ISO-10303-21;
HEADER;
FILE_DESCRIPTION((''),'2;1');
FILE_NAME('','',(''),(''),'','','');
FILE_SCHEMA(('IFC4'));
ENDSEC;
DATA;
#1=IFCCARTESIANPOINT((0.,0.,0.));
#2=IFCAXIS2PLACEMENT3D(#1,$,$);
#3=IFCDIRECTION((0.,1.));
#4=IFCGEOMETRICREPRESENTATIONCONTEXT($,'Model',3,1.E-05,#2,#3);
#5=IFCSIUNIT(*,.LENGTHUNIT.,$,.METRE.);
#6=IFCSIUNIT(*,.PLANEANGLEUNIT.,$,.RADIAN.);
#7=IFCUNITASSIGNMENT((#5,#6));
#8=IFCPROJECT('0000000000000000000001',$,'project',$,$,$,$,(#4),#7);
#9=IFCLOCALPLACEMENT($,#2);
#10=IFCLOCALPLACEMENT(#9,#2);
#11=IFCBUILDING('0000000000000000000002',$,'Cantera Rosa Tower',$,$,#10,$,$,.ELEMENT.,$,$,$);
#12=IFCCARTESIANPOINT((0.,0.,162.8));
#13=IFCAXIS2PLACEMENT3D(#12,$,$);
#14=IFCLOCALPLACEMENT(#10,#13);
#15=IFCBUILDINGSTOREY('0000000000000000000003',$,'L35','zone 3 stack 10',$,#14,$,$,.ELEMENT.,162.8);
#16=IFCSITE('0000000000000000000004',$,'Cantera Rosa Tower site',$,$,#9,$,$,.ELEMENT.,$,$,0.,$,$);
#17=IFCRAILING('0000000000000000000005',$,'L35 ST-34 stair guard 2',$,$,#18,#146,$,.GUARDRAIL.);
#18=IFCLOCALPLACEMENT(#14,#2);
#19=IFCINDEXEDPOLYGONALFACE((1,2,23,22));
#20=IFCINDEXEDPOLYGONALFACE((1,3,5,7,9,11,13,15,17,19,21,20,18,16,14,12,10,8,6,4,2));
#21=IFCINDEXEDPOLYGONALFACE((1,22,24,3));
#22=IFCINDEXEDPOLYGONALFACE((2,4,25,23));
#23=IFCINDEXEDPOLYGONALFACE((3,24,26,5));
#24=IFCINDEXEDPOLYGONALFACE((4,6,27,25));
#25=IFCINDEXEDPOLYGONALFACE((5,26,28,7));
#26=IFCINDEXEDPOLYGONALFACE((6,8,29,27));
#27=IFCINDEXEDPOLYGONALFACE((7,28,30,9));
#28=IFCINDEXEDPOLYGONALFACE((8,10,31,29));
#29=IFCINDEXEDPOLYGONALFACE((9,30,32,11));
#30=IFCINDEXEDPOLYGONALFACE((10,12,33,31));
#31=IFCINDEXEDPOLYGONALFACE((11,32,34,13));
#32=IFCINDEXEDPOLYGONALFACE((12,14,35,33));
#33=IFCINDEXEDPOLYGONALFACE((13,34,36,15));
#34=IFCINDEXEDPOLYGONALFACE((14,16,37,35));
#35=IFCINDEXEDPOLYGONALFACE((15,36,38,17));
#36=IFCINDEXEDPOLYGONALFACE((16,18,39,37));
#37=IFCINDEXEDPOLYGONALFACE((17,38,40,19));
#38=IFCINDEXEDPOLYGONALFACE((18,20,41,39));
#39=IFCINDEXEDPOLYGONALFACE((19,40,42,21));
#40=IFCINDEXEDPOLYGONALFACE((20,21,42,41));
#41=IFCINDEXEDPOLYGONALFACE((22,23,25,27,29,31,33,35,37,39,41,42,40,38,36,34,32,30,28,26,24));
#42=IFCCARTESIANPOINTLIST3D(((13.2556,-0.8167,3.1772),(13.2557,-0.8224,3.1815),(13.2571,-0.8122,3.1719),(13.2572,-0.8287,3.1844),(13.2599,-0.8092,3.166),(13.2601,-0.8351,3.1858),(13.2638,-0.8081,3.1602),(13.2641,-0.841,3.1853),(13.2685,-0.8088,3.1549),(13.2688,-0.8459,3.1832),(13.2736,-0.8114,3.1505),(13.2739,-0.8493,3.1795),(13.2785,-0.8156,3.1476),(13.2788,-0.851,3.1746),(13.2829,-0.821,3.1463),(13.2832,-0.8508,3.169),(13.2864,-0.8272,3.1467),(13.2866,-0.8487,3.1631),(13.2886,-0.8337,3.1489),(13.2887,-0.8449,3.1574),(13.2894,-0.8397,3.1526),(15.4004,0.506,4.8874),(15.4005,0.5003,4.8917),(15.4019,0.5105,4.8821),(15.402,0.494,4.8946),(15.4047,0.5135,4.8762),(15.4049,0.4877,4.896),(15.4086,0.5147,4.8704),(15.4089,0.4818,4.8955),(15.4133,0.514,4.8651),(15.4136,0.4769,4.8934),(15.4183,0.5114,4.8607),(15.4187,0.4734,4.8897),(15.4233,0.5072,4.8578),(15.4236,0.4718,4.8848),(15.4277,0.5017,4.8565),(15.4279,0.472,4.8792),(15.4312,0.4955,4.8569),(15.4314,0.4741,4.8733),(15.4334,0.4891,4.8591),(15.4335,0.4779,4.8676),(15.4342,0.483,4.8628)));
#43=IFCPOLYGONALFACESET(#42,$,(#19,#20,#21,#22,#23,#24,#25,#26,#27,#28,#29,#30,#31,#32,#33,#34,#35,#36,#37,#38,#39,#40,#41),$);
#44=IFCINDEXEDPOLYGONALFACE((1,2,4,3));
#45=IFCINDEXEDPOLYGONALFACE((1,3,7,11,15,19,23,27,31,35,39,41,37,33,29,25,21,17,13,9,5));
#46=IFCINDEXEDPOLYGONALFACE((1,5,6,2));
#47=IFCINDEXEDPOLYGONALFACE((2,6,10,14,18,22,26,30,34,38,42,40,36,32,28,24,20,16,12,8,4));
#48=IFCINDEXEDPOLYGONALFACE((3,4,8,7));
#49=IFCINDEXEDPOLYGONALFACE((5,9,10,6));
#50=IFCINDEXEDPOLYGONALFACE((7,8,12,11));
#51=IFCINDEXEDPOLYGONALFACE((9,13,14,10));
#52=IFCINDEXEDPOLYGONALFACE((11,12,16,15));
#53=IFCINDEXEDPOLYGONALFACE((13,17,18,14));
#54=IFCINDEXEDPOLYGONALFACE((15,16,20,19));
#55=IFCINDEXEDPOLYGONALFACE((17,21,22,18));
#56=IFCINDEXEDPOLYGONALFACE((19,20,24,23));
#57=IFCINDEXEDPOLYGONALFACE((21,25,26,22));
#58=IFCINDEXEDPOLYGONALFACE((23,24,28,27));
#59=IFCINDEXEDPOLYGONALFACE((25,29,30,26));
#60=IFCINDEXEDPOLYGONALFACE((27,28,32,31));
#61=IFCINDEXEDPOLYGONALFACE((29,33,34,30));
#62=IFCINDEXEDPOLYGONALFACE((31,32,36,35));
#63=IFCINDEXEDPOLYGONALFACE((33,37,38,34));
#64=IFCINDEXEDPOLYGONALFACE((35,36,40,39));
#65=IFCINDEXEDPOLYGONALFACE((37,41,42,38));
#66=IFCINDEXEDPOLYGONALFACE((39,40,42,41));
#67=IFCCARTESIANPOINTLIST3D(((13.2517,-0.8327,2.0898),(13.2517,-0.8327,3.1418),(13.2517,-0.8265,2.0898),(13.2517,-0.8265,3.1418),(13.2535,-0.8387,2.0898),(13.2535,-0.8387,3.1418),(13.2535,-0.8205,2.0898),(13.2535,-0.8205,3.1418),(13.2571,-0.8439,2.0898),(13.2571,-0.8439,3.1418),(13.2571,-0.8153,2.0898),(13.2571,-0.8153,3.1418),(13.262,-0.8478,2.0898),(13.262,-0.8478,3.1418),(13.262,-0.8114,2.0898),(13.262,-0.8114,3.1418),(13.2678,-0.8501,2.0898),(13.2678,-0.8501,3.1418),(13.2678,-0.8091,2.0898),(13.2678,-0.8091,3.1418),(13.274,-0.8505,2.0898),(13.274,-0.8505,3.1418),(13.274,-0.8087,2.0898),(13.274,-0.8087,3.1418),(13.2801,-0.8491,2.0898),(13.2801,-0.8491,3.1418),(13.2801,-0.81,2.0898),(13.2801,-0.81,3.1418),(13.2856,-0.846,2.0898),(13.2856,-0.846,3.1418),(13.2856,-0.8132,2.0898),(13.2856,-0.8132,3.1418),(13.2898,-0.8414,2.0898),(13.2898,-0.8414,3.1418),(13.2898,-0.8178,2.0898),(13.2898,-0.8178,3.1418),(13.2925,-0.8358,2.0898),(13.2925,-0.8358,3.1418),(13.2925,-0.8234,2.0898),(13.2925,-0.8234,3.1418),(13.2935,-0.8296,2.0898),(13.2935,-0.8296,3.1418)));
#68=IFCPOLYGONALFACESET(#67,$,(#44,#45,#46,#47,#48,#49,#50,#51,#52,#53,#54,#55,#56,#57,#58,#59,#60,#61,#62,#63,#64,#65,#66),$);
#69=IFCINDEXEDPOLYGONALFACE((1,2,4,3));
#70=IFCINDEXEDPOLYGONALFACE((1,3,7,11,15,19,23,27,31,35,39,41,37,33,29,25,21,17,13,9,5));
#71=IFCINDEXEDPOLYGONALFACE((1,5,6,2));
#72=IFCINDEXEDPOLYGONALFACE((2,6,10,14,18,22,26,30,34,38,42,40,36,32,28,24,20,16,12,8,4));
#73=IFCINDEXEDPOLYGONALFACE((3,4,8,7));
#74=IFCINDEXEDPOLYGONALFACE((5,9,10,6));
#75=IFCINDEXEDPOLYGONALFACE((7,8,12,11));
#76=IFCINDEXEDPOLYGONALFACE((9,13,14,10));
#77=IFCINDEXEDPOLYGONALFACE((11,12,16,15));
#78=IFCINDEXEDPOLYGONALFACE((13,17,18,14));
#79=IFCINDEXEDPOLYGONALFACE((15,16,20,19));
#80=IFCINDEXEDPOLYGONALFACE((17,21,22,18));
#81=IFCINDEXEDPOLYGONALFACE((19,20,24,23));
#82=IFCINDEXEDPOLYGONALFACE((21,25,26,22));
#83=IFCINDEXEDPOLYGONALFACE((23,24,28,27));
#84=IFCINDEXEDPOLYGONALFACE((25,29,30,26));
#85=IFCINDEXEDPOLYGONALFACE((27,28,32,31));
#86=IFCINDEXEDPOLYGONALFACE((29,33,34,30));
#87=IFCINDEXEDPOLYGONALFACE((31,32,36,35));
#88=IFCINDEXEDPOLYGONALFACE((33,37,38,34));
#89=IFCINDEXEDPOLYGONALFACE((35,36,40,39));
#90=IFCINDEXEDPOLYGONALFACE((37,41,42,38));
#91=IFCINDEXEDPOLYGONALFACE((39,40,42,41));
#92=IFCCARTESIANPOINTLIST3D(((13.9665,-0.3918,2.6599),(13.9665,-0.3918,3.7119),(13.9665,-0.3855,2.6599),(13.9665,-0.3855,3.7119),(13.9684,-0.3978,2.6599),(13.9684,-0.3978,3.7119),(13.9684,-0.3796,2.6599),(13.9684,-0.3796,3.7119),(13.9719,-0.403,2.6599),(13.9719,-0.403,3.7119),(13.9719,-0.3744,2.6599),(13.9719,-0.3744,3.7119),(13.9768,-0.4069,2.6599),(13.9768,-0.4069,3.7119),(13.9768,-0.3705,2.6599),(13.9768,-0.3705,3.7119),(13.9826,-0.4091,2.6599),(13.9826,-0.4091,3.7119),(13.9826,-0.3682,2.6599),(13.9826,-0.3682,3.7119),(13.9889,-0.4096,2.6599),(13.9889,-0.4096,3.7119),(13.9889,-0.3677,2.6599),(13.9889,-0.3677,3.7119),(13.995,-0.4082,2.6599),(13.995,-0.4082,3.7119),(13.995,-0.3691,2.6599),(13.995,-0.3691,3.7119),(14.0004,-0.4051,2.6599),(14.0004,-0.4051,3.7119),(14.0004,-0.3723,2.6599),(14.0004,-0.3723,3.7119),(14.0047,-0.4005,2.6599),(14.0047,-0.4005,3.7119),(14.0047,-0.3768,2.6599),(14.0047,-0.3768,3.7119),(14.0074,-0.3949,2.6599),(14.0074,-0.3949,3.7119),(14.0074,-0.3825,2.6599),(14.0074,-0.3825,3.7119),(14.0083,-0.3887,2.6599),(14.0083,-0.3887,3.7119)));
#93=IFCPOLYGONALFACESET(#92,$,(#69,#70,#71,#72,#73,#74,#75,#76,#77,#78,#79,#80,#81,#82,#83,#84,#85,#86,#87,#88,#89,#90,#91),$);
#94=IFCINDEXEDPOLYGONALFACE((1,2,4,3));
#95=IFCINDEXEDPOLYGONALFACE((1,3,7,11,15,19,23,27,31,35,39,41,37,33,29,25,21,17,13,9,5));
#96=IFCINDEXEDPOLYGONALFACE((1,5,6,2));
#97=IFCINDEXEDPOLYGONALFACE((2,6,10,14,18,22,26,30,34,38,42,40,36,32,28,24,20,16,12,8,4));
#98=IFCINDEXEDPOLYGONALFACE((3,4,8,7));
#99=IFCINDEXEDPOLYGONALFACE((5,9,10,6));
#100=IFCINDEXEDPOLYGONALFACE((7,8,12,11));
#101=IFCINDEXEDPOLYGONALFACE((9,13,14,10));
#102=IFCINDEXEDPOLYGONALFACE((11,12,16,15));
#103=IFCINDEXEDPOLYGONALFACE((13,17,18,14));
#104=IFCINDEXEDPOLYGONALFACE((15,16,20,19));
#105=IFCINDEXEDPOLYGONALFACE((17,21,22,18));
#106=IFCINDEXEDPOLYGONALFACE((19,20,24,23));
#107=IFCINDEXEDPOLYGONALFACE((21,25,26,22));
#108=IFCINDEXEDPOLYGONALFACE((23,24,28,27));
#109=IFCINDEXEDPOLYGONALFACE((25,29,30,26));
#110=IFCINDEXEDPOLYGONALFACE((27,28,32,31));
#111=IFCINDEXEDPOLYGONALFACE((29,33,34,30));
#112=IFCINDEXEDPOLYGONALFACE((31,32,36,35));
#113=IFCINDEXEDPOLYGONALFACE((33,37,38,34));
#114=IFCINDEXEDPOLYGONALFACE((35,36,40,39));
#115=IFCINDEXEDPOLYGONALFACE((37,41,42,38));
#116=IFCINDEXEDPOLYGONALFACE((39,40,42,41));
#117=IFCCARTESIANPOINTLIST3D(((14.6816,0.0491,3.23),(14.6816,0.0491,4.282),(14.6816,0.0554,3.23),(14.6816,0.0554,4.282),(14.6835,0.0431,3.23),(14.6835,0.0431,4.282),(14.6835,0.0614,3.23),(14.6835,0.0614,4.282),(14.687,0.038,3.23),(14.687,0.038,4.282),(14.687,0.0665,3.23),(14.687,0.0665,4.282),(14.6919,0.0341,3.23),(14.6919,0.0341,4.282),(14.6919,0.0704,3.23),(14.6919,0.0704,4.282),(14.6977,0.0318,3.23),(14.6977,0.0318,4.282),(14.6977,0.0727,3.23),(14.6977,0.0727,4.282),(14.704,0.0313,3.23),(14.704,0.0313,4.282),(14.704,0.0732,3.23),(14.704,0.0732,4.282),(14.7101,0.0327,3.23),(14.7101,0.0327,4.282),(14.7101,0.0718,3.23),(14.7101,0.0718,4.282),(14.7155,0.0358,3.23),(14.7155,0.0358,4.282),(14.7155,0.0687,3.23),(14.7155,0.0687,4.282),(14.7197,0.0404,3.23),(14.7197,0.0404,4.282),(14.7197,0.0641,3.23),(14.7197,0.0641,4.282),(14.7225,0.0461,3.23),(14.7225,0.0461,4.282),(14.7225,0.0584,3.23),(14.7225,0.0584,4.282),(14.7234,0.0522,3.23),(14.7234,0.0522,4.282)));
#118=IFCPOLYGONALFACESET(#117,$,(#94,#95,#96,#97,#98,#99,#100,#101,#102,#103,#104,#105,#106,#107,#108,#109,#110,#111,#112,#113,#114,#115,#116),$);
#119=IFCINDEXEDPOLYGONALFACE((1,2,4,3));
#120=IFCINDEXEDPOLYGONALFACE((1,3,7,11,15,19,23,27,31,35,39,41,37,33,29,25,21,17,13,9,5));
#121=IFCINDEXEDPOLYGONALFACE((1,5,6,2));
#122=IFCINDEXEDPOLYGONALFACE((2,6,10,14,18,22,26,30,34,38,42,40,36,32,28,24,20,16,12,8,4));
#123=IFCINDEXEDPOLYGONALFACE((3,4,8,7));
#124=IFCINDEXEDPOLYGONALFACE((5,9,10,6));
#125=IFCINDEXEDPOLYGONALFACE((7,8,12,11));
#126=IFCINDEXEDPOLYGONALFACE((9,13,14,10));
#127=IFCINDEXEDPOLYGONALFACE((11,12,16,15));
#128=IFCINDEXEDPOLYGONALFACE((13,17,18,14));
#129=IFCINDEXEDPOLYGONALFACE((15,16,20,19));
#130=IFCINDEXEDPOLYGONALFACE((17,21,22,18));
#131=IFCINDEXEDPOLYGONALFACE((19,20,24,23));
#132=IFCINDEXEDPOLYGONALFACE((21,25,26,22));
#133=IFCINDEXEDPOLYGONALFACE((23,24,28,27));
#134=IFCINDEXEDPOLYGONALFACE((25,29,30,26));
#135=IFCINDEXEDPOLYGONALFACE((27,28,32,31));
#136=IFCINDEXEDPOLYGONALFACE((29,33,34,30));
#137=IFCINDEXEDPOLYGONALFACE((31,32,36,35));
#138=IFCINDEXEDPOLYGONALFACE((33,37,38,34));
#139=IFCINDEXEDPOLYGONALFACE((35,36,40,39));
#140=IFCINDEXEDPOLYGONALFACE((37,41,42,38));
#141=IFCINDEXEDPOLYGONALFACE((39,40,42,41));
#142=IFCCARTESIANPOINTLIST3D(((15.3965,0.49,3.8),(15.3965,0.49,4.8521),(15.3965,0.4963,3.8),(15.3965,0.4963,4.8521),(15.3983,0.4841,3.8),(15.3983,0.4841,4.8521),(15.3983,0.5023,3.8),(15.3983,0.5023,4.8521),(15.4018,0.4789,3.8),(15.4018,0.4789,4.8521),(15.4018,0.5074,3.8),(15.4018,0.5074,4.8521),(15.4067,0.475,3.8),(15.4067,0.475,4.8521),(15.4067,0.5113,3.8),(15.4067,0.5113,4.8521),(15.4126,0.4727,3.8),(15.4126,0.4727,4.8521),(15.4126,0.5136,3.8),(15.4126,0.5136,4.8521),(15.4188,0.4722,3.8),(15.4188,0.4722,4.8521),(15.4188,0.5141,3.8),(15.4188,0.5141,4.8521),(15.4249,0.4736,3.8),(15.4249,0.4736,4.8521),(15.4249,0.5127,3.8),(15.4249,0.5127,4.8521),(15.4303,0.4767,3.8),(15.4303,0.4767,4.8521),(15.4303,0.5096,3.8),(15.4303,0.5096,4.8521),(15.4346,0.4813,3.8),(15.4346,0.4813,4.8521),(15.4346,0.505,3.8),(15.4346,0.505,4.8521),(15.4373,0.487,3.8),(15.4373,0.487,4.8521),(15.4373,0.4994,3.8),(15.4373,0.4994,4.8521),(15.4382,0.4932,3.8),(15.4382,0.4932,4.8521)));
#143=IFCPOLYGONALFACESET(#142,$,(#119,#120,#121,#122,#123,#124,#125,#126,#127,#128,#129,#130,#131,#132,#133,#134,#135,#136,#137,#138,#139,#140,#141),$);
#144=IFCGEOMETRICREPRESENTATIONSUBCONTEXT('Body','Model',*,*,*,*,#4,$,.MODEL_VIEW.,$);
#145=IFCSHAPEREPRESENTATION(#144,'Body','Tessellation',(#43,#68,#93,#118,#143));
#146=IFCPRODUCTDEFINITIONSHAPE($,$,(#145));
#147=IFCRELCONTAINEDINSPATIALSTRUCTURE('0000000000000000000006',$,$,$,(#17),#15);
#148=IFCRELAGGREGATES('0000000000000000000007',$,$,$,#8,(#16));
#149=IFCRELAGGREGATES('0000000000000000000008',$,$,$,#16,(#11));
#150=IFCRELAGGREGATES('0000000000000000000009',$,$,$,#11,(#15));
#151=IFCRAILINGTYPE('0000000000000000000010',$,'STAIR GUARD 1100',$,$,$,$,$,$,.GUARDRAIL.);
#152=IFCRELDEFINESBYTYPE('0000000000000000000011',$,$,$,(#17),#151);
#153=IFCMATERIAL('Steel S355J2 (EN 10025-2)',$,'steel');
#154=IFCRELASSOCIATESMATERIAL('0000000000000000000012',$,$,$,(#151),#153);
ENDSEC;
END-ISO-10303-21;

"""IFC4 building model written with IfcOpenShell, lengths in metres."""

from ifc_helpers import new_model, si_unit, direction, frame, origin, origin_2d, place, context, subcontext, project, spatial, circle, extrude, material, type_object, element, save


model = new_model("IFC4")

# Units and contexts
model_context = context("Model", 3, precision=1e-05, world=origin(), true_north=direction((0.0, 1.0)))
body_context = subcontext(model_context, "Body", "Model", "MODEL_VIEW")
ifc_project = project(units=[si_unit("LENGTHUNIT", "METRE"), si_unit("PLANEANGLEUNIT", "RADIAN")], contexts=[model_context])

# Site, building, storey
site_placement = place(None, origin())
site = spatial("IfcSite", under=ifc_project, at=site_placement, Name="Cantera Rosa Tower site", CompositionType="ELEMENT", RefElevation=0.0)
building_placement = place(site_placement, origin())
building = spatial("IfcBuilding", under=site, at=building_placement, Name="Cantera Rosa Tower", CompositionType="ELEMENT")
storey_placement = place(building_placement, frame((0.0, 0.0, 162.8)))
storey = spatial("IfcBuildingStorey", under=building, at=storey_placement, Name="L35", Description="zone 3 stack 10", CompositionType="ELEMENT", Elevation=162.8)

# Railing
ifc_material_1 = material(Name="Steel S355J2 (EN 10025-2)", Category="steel")
railing_type_1 = type_object("IfcRailingType", Name="STAIR GUARD 1100", PredefinedType="GUARDRAIL", material=ifc_material_1)
railing_1_placement = place(storey_placement, frame((13.2725, -0.8296, 2.0898)))
element("IfcRailing", 1, at=railing_1_placement, inside=storey, type_object=railing_type_1, Name="L35 ST-34 stair guard 2", PredefinedType="GUARDRAIL", context=body_context, shape_type="SweptSolid", body=[
    extrude(circle(Radius=0.0239, at=origin_2d()), frame((0.0, 0.0, 1.0762), z_axis=(0.704264, 0.434343, 0.561568), x_axis=(-0.52493, 0.851146, 0.0)), (0.0, 0.0, 1.0), 3.0454),
    extrude(circle(Radius=0.021, at=origin_2d()), origin(), (0.0, 0.0, 1.0), 1.052),
    extrude(circle(Radius=0.021, at=origin_2d()), frame((0.7148, 0.4409, 0.5701)), (0.0, 0.0, 1.0), 1.052),
    extrude(circle(Radius=0.021, at=origin_2d()), frame((1.4299, 0.8818, 1.1401)), (0.0, 0.0, 1.0), 1.052),
    extrude(circle(Radius=0.021, at=origin_2d()), frame((2.1448, 1.3228, 1.7102)), (0.0, 0.0, 1.0), 1.052),
])

save(model, "model.ifc")
